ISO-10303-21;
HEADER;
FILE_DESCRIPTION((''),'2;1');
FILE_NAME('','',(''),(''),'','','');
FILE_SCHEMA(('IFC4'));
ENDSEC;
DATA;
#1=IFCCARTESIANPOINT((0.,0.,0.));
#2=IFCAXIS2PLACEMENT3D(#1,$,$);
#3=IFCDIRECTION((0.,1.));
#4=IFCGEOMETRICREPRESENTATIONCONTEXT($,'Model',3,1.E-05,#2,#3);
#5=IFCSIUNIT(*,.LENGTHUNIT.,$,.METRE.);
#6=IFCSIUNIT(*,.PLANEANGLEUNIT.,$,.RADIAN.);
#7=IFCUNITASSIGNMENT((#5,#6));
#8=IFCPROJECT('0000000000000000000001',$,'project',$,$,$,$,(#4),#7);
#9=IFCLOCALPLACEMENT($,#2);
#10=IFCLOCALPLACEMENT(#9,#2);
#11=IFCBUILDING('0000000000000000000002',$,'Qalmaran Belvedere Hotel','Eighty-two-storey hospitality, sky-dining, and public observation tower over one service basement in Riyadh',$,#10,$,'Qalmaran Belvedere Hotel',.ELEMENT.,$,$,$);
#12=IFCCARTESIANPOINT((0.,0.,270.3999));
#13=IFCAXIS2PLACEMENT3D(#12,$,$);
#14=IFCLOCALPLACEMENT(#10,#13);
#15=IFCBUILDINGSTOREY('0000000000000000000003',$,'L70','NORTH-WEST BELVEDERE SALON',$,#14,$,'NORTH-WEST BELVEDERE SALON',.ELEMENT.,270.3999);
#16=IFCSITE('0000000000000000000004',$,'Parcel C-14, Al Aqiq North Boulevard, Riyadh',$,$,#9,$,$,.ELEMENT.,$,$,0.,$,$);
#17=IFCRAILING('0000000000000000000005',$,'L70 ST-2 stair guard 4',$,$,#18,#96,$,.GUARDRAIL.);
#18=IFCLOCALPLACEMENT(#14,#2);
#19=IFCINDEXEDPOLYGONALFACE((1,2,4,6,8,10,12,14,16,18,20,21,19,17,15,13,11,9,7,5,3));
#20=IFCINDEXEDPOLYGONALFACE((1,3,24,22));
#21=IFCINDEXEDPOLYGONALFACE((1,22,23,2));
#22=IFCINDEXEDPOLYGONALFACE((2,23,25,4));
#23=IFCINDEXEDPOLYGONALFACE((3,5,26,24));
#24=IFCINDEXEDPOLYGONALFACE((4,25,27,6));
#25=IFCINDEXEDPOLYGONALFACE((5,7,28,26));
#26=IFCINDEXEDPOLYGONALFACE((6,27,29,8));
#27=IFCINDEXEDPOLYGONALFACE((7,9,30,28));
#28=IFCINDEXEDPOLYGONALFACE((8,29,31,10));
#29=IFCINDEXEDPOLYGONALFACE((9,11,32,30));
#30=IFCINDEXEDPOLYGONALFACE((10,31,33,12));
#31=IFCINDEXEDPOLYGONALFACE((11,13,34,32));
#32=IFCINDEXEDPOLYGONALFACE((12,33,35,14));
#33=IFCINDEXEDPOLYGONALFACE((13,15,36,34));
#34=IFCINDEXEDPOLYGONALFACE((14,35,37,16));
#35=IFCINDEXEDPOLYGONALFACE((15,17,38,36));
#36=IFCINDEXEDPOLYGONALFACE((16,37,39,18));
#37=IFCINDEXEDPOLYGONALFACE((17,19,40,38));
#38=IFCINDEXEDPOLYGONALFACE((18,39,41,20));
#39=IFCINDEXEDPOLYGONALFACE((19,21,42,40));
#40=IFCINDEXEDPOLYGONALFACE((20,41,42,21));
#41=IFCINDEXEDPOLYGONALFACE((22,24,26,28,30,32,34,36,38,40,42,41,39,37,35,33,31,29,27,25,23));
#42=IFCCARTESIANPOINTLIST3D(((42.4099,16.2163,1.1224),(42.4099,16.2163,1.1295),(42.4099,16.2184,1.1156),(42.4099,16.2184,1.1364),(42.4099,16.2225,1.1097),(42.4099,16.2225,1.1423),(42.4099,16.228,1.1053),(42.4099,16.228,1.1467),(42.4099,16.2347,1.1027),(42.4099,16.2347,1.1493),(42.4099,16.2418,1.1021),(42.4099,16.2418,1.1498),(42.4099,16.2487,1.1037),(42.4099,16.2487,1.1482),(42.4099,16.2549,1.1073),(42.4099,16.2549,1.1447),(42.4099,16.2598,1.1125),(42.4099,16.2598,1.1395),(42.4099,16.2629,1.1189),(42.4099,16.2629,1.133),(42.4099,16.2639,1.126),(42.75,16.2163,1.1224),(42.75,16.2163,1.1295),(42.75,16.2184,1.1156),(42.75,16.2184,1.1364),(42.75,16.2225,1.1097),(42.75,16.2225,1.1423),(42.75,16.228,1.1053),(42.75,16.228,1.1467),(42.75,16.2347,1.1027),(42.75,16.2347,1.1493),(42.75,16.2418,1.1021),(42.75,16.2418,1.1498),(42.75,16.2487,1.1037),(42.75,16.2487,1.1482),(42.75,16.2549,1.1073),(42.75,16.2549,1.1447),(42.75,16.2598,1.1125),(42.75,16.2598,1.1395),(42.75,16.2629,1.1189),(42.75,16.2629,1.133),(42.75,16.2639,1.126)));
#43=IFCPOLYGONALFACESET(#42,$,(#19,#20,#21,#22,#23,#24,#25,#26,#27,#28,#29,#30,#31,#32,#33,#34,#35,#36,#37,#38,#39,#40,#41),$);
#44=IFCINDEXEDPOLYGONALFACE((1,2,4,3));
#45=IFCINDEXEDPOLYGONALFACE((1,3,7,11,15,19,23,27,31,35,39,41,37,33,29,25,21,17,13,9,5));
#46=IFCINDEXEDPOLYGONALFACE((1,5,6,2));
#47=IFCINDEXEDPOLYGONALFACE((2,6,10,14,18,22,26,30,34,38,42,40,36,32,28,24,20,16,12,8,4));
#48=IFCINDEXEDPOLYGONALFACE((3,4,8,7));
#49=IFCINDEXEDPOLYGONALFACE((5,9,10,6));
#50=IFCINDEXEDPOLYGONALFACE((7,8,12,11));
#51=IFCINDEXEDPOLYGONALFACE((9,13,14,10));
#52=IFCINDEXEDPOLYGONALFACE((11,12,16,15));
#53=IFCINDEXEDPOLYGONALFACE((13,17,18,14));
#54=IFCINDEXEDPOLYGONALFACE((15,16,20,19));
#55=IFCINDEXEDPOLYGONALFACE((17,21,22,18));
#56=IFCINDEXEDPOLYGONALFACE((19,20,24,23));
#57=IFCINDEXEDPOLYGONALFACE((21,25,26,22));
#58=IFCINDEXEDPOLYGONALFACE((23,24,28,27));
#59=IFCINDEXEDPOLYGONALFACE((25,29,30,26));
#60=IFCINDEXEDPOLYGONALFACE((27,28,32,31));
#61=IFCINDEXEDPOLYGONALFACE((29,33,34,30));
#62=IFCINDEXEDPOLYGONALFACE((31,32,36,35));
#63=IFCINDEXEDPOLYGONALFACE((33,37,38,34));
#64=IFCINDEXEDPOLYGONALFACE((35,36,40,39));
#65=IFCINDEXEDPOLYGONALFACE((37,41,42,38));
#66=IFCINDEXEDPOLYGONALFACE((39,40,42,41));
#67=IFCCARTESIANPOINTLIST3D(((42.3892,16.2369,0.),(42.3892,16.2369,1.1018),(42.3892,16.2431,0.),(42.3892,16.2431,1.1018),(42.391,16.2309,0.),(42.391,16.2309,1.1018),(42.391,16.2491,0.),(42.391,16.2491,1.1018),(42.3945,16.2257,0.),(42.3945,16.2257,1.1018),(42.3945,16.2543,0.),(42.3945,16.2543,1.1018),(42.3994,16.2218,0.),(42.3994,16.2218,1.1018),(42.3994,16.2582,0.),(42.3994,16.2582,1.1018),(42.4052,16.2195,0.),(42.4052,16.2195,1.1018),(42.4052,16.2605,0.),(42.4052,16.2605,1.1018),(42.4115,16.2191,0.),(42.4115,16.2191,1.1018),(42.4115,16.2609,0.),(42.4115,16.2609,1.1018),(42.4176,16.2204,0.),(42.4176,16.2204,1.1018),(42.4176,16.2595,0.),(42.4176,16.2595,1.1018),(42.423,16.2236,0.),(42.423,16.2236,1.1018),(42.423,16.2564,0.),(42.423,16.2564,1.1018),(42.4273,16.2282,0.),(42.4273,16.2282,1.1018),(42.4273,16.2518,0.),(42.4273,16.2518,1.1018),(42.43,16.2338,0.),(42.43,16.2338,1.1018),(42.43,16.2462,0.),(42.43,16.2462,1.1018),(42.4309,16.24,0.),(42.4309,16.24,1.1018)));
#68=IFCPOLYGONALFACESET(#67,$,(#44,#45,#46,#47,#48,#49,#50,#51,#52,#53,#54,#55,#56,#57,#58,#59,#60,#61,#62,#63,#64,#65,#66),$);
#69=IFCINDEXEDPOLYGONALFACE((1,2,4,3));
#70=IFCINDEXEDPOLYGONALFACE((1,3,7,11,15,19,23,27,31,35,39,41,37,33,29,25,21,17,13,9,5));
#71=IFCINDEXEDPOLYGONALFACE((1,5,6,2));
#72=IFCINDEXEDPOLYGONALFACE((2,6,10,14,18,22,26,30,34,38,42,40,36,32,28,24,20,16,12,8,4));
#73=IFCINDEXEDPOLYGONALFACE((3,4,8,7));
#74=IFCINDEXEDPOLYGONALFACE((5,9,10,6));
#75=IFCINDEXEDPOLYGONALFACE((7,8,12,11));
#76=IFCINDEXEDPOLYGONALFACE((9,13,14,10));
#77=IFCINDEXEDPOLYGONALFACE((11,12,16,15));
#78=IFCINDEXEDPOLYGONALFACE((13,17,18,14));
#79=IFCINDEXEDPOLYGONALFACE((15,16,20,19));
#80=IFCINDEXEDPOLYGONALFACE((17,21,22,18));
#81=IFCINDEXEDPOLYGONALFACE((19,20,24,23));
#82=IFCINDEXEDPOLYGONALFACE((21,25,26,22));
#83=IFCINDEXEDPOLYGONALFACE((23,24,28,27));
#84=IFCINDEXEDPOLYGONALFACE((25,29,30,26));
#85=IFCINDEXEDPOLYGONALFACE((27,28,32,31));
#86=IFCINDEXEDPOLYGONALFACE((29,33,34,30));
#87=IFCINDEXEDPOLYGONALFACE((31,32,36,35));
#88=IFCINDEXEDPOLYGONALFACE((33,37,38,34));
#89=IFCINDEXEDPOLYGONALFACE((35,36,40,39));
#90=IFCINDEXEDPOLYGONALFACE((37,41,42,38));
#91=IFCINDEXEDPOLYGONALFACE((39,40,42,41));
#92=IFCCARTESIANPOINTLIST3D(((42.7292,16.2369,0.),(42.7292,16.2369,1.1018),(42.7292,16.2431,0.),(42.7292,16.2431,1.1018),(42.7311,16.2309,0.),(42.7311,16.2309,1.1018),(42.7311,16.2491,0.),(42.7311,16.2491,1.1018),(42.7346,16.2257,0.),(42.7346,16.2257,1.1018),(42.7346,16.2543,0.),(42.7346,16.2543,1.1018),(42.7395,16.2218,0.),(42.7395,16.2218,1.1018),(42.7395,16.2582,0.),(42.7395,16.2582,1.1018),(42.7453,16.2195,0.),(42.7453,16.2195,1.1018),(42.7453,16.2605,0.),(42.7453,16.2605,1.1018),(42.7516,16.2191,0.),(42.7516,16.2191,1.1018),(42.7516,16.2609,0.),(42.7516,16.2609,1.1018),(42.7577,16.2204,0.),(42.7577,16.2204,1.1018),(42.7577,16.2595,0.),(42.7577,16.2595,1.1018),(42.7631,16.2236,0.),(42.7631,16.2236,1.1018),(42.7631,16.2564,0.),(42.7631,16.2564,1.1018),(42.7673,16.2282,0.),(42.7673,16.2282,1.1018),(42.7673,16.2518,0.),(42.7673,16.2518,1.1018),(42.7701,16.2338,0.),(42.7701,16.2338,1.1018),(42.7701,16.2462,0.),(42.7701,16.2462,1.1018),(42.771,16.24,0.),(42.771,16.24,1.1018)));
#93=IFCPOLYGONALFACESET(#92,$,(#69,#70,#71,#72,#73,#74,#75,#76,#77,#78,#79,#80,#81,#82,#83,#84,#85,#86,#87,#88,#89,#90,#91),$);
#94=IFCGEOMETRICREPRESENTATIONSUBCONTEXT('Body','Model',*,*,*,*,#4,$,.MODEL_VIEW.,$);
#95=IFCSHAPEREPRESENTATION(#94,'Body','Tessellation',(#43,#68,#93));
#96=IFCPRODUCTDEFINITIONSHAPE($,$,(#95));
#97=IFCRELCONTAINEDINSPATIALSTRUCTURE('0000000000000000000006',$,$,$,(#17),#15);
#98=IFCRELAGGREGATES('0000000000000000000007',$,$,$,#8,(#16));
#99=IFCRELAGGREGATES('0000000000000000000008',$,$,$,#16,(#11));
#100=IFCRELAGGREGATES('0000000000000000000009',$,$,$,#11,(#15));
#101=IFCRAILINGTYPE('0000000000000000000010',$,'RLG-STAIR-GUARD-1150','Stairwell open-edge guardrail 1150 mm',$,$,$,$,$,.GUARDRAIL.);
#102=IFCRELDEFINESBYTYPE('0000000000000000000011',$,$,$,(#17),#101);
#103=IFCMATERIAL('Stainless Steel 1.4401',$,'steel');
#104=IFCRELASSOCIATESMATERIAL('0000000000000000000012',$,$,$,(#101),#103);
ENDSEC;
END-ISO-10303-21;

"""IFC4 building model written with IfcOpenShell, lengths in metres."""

from ifc_helpers import new_model, si_unit, direction, frame, origin, origin_2d, place, context, subcontext, project, spatial, circle, extrude, material, type_object, element, save


model = new_model("IFC4")

# Units and contexts
model_context = context("Model", 3, precision=1e-05, world=origin(), true_north=direction((0.0, 1.0)))
body_context = subcontext(model_context, "Body", "Model", "MODEL_VIEW")
ifc_project = project(units=[si_unit("LENGTHUNIT", "METRE"), si_unit("PLANEANGLEUNIT", "RADIAN")], contexts=[model_context])

# Site, building, storey
site_placement = place(None, origin())
site = spatial("IfcSite", under=ifc_project, at=site_placement, Name="Parcel C-14, Al Aqiq North Boulevard, Riyadh", CompositionType="ELEMENT", RefElevation=0.0)
building_placement = place(site_placement, origin())
building = spatial("IfcBuilding", under=site, at=building_placement, Name="Qalmaran Belvedere Hotel", Description="Eighty-two-storey hospitality, sky-dining, and public observation tower over one service basement in Riyadh", LongName="Qalmaran Belvedere Hotel", CompositionType="ELEMENT")
storey_placement = place(building_placement, frame((0.0, 0.0, 270.3999)))
storey = spatial("IfcBuildingStorey", under=building, at=storey_placement, Name="L70", Description="NORTH-WEST BELVEDERE SALON", LongName="NORTH-WEST BELVEDERE SALON", CompositionType="ELEMENT", Elevation=270.3999)

# Railing
ifc_material_1 = material(Name="Stainless Steel 1.4401", Category="steel")
railing_type_1 = type_object("IfcRailingType", Name="RLG-STAIR-GUARD-1150", Description="Stairwell open-edge guardrail 1150 mm", PredefinedType="GUARDRAIL", material=ifc_material_1)
railing_1_placement = place(storey_placement, frame((42.4099, 16.24, 0.0)))
element("IfcRailing", 1, at=railing_1_placement, inside=storey, type_object=railing_type_1, Name="L70 ST-2 stair guard 4", PredefinedType="GUARDRAIL", context=body_context, shape_type="SweptSolid", body=[
    extrude(circle(Radius=0.0239, at=origin_2d()), frame((0.0, 0.0, 1.126), z_axis=(1.0, 0.0, 0.0), x_axis=(0.0, 1.0, 0.0)), (0.0, 0.0, 1.0), 0.3401),
    extrude(circle(Radius=0.021, at=origin_2d()), origin(), (0.0, 0.0, 1.0), 1.1018),
    extrude(circle(Radius=0.021, at=origin_2d()), frame((0.3401, 0.0, 0.0)), (0.0, 0.0, 1.0), 1.1018),
])

save(model, "model.ifc")
